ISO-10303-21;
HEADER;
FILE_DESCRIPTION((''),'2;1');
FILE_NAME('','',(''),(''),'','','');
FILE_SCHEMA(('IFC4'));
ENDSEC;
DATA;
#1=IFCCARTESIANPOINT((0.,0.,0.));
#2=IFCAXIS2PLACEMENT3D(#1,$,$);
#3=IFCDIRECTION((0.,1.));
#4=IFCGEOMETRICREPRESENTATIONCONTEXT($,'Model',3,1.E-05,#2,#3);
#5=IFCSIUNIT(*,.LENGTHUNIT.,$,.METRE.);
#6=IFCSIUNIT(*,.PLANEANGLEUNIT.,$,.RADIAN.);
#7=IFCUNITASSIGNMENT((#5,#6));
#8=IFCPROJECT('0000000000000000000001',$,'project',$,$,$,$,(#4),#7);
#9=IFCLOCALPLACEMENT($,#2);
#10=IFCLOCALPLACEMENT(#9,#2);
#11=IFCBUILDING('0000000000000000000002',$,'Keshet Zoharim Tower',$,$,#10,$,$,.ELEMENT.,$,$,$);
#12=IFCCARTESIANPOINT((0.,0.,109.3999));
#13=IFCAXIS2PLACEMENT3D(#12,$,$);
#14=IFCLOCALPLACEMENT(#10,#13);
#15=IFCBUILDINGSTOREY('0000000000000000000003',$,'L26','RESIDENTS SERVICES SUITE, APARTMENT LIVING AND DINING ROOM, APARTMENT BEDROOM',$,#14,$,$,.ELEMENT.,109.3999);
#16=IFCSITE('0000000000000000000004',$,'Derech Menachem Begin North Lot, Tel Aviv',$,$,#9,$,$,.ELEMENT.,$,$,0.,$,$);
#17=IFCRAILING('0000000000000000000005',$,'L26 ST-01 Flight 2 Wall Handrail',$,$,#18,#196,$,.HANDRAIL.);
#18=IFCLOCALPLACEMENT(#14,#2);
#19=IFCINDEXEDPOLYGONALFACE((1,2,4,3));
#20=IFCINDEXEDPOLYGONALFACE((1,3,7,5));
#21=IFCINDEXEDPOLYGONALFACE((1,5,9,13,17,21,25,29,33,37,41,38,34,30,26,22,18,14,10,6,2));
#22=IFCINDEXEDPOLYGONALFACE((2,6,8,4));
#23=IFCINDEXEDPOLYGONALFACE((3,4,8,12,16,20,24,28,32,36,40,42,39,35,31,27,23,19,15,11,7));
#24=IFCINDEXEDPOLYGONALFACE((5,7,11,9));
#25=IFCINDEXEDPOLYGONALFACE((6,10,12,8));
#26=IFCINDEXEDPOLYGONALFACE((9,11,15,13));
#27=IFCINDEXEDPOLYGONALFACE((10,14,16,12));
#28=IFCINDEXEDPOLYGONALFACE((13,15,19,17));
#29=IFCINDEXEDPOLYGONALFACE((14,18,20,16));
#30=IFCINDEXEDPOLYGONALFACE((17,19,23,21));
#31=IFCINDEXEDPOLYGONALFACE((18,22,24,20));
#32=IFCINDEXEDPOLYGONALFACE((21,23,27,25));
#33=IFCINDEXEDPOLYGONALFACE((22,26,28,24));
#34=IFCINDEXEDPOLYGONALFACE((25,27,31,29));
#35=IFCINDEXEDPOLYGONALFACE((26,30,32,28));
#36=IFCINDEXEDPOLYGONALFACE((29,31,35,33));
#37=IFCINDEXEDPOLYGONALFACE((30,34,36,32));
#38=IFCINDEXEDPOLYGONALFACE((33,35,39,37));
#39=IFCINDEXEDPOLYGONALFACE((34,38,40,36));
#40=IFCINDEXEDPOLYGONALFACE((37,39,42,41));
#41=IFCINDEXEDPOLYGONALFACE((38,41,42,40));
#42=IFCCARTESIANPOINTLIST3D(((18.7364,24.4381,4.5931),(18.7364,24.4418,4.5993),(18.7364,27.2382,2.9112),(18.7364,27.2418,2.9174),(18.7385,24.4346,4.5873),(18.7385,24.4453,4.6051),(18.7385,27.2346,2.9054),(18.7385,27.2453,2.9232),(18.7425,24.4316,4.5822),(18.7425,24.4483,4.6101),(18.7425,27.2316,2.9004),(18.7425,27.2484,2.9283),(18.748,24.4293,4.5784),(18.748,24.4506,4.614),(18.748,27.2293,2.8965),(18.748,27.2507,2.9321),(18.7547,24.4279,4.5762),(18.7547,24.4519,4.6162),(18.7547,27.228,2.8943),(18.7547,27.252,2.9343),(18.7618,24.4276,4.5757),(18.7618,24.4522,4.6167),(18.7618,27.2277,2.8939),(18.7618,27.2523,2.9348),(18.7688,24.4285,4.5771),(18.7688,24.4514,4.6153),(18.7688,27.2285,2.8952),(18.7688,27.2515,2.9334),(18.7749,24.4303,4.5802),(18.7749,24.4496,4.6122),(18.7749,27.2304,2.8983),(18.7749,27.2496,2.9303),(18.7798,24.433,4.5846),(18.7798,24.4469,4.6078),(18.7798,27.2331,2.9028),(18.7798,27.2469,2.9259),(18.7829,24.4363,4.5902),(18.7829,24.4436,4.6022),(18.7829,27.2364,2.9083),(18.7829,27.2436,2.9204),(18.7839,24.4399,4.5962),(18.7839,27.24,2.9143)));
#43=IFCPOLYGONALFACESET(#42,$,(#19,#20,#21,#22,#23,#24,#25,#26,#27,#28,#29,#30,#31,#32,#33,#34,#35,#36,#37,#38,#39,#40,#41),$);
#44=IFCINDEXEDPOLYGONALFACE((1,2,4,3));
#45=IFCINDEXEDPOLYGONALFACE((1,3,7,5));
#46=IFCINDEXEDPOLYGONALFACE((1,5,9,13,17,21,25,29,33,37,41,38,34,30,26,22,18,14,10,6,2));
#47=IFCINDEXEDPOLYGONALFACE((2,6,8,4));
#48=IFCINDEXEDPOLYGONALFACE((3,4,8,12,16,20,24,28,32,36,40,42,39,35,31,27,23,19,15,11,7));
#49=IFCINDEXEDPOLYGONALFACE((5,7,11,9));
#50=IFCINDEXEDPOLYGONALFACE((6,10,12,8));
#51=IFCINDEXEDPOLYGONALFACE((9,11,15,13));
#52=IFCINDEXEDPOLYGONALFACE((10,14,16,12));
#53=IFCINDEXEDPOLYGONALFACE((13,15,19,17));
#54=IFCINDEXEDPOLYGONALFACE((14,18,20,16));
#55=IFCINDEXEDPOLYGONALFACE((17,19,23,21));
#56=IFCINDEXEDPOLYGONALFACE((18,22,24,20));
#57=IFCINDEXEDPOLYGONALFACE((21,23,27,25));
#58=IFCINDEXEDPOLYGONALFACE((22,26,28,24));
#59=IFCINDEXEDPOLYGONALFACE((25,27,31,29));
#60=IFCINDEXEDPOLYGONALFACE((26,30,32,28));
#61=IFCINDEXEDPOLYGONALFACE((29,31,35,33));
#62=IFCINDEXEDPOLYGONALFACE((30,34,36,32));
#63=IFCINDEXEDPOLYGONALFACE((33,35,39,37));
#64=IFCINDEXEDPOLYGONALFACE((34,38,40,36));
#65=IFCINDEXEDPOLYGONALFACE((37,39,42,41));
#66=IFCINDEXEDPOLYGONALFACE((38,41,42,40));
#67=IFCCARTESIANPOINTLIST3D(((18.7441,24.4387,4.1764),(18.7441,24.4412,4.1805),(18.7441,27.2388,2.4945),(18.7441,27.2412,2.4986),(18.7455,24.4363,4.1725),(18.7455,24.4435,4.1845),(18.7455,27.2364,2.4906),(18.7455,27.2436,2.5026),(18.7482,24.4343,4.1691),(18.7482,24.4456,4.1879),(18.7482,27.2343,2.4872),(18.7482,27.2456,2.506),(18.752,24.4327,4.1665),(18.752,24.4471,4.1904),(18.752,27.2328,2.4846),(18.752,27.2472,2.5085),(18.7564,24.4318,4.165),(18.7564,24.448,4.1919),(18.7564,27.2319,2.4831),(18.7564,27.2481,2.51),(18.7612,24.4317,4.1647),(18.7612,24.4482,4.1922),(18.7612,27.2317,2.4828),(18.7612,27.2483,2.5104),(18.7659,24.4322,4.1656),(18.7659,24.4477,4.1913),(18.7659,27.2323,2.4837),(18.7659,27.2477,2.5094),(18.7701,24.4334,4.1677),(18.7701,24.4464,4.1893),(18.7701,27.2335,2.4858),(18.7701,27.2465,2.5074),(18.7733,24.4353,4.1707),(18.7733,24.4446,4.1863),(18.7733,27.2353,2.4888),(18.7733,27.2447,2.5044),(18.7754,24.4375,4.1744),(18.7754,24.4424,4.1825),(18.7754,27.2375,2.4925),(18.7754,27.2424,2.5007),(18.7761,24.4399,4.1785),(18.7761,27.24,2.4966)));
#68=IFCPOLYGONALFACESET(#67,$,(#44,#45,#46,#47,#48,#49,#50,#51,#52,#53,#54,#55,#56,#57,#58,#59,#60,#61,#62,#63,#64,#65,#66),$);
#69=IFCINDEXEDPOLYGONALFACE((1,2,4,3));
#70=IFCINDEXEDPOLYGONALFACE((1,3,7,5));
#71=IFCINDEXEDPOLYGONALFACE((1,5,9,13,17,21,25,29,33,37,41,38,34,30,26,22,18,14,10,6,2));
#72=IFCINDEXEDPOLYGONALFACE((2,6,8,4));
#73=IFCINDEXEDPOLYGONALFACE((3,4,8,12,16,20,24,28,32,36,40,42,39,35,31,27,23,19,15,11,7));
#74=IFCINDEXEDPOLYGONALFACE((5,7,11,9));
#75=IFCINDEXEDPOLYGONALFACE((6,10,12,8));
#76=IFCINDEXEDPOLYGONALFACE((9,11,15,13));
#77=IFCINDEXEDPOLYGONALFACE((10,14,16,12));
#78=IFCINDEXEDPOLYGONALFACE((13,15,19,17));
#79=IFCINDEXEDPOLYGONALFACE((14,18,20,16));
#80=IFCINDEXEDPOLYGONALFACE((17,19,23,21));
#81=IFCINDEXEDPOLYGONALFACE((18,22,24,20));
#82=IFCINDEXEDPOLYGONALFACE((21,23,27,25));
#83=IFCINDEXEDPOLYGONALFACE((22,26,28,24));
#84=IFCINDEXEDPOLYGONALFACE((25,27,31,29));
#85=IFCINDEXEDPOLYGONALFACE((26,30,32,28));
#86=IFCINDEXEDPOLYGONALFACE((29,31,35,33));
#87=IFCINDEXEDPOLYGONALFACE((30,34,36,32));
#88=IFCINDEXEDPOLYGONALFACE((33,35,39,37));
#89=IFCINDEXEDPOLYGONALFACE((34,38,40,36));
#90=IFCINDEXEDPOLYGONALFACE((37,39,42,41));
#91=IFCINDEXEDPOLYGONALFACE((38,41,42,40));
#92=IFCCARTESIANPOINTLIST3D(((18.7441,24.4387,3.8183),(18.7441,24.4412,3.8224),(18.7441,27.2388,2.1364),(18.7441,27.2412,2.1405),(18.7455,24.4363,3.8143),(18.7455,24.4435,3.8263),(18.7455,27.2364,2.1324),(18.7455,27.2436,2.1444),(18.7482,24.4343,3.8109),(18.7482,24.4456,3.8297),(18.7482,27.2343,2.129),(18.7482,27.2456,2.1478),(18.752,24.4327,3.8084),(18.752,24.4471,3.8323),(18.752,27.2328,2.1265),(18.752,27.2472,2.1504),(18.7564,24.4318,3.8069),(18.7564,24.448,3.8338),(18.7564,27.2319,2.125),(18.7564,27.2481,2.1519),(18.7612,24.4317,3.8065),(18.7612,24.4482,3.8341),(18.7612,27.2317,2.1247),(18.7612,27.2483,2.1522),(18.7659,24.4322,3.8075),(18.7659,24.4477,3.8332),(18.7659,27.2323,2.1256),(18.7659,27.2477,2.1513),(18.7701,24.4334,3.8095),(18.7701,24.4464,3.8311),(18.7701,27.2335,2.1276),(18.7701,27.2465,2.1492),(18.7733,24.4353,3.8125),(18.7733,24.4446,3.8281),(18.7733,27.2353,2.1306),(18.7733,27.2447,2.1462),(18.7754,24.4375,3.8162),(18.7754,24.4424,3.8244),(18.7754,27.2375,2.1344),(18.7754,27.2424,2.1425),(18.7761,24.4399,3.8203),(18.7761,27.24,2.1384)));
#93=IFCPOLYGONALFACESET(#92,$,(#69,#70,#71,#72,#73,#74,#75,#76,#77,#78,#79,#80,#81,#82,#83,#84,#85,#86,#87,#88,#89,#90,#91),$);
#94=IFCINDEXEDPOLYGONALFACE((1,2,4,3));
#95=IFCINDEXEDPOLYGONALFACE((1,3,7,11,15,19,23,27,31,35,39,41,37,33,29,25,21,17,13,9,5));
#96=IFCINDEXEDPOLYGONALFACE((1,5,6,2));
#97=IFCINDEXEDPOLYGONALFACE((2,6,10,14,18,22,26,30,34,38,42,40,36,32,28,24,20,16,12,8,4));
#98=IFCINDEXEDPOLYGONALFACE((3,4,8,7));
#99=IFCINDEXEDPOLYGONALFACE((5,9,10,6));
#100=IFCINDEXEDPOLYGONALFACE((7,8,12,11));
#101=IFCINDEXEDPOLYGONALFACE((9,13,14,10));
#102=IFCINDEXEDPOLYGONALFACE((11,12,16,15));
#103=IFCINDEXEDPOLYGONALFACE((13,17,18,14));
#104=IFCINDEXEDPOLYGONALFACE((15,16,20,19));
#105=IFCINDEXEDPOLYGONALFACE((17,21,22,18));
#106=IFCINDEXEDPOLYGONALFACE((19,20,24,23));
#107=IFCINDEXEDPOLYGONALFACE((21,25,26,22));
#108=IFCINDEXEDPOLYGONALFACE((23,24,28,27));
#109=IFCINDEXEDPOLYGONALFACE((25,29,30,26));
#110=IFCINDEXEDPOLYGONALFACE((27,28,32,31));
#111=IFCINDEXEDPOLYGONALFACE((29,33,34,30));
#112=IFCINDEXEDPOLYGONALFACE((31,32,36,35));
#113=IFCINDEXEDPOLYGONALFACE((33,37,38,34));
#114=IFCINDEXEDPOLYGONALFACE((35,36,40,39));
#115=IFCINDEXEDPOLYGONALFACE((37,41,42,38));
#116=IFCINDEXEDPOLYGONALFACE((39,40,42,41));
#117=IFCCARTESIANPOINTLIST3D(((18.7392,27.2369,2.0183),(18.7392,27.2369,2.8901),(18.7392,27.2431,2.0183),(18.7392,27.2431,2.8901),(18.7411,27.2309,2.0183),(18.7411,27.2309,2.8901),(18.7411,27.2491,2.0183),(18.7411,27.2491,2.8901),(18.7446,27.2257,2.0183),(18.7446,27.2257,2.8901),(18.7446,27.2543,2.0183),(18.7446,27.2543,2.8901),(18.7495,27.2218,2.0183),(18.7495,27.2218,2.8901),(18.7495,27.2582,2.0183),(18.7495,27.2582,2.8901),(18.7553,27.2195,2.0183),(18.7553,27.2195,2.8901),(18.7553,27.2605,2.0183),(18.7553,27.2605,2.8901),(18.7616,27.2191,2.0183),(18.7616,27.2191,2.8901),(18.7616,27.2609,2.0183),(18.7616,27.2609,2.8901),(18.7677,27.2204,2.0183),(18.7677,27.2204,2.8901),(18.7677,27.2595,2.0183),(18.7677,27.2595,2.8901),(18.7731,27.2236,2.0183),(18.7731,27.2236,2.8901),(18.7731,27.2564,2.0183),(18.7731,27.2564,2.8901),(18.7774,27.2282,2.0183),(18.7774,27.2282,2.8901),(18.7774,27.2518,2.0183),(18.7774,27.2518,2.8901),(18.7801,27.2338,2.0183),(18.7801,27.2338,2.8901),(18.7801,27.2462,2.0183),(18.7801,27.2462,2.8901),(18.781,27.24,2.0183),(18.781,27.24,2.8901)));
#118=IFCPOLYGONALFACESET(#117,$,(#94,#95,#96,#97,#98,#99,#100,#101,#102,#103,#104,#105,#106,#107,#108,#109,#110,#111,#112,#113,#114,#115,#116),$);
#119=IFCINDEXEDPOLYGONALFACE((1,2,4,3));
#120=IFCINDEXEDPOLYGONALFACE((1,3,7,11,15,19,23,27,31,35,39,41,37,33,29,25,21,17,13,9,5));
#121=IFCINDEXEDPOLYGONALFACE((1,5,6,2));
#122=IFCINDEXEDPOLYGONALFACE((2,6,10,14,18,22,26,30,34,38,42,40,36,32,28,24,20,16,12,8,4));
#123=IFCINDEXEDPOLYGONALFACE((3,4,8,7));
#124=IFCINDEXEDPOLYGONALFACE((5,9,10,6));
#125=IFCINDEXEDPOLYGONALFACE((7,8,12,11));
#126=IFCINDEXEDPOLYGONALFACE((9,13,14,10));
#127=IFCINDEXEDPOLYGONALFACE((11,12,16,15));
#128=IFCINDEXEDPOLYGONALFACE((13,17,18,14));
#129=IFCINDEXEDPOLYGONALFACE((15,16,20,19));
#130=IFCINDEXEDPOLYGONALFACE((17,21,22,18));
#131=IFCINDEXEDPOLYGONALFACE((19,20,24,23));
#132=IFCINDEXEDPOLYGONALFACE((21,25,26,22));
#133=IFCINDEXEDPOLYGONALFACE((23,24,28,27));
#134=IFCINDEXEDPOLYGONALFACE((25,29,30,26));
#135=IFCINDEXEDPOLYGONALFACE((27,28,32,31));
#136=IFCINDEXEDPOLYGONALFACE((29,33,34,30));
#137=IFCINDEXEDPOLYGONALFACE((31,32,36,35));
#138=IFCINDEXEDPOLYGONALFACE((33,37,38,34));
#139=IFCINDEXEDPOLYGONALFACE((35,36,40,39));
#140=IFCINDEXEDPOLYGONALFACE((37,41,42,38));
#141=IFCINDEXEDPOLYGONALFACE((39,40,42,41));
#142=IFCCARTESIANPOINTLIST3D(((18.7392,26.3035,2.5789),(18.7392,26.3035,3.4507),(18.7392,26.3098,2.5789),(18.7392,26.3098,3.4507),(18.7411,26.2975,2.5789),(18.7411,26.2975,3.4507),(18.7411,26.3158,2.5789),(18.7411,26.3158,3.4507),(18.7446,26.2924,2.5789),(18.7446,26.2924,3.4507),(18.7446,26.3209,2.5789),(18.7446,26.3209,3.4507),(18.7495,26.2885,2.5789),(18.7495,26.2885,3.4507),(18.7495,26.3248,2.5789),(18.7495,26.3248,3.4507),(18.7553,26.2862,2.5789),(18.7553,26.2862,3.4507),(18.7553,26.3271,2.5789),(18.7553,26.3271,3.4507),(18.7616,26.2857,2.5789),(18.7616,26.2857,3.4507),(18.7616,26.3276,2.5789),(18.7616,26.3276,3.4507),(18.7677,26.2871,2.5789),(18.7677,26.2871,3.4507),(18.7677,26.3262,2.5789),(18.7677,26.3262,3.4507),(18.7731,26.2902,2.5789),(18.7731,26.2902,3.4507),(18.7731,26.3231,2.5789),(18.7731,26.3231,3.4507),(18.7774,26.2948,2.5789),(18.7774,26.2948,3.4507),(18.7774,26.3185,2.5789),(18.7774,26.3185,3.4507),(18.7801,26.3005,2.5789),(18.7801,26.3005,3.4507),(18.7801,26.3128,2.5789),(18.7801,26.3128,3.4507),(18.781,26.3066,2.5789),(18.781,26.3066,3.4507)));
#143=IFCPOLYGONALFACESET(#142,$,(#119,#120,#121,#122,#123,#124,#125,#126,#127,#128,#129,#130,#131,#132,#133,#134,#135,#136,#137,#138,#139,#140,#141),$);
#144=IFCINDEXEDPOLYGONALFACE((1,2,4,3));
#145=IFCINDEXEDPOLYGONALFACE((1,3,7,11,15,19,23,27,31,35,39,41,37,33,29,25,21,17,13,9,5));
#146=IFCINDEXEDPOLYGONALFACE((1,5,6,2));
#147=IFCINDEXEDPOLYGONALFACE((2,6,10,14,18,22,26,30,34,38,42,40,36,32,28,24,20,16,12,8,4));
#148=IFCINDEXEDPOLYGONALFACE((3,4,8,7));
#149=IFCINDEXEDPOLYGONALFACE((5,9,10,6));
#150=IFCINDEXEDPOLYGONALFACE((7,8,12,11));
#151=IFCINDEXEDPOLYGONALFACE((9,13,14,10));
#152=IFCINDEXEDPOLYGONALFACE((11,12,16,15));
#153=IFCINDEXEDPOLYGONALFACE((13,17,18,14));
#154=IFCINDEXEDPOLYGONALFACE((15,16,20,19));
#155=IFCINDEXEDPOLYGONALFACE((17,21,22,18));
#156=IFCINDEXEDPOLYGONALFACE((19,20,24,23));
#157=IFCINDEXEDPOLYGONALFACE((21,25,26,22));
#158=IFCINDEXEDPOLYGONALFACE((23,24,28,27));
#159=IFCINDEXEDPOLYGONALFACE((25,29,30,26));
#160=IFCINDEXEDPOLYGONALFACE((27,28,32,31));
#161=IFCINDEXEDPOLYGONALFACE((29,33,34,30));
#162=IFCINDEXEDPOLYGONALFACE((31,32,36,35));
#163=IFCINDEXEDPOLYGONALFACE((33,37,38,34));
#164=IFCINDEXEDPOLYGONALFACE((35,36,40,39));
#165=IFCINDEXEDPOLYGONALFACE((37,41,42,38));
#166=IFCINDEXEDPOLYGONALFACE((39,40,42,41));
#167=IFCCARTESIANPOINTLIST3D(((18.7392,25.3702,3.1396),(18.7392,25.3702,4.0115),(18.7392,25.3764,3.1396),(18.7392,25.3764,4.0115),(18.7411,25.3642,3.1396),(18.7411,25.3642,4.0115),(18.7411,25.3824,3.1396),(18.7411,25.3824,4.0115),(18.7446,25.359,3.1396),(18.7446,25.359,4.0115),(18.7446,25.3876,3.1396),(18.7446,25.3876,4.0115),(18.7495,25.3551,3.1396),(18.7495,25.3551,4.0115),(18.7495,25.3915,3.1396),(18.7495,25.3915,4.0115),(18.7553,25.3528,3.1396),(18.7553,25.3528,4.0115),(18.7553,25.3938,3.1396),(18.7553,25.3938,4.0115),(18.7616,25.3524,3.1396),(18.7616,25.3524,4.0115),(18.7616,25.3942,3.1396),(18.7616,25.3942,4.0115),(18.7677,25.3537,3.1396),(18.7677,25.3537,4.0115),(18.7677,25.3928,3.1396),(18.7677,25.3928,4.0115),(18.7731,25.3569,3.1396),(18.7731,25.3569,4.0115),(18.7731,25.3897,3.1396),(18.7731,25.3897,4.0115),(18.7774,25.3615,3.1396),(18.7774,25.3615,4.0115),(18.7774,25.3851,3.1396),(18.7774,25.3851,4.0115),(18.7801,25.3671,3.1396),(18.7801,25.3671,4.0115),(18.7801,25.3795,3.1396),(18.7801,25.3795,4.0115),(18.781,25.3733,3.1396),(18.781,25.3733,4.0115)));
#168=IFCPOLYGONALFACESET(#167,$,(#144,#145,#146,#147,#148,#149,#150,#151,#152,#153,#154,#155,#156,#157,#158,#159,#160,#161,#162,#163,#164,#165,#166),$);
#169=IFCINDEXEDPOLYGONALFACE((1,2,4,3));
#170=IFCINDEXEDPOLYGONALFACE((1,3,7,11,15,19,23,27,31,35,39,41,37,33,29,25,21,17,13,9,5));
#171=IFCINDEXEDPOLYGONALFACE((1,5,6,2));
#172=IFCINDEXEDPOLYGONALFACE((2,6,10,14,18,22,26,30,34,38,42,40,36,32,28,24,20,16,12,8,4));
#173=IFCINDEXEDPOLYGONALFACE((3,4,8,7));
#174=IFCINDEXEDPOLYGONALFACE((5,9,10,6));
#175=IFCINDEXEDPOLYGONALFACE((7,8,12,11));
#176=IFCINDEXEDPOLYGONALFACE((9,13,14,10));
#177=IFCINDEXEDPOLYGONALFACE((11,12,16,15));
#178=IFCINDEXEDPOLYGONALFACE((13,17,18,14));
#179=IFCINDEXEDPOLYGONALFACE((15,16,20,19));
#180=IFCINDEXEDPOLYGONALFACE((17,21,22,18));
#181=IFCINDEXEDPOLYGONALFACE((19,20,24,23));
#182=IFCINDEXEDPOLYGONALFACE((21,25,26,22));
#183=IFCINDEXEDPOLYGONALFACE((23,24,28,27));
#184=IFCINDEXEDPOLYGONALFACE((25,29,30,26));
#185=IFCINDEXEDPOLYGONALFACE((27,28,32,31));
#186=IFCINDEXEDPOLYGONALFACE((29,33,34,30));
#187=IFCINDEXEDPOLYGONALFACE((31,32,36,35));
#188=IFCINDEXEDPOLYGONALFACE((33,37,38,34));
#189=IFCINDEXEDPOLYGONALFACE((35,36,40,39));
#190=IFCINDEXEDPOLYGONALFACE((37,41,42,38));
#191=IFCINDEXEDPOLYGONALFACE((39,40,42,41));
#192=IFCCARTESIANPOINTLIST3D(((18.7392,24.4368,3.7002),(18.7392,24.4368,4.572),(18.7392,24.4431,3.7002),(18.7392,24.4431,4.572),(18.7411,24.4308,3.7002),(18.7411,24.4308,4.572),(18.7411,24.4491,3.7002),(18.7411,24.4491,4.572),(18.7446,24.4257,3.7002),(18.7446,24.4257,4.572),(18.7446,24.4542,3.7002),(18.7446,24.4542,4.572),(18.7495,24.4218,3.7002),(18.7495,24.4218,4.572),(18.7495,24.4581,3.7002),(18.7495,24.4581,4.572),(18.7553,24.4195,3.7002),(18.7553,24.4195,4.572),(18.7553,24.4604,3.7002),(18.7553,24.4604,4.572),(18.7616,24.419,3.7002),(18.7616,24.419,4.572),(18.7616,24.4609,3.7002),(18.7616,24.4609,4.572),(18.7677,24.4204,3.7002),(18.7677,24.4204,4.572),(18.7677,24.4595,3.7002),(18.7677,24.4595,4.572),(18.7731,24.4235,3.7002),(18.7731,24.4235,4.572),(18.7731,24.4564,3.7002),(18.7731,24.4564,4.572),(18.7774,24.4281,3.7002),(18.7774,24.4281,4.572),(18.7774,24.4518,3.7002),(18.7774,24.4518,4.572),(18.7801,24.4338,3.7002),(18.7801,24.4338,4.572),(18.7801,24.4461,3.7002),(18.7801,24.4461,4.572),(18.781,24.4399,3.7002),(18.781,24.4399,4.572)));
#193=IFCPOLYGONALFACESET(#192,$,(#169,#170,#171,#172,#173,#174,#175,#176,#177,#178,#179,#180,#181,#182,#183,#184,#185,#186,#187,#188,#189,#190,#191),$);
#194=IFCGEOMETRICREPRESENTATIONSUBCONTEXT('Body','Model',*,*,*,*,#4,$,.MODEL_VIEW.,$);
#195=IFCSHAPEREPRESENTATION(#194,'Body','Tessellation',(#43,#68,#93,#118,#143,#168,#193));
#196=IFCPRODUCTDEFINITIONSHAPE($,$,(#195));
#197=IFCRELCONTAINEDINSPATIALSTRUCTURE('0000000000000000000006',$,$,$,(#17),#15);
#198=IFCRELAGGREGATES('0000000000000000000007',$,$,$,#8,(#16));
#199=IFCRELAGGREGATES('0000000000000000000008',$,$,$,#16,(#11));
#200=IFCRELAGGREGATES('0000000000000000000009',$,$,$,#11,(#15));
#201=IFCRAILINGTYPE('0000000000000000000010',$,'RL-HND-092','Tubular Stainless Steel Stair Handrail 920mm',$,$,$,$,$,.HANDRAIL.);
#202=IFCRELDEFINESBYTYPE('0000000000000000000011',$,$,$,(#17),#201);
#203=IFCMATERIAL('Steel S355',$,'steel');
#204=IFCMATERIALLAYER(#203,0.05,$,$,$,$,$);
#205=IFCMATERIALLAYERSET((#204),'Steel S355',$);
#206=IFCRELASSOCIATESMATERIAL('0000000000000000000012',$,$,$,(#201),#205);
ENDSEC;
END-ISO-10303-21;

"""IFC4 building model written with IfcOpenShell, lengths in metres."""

from ifc_helpers import new_model, si_unit, direction, frame, origin, origin_2d, place, context, subcontext, project, spatial, circle, extrude, material, layer, layer_set, type_object, element, save


model = new_model("IFC4")

# Units and contexts
model_context = context("Model", 3, precision=1e-05, world=origin(), true_north=direction((0.0, 1.0)))
body_context = subcontext(model_context, "Body", "Model", "MODEL_VIEW")
ifc_project = project(units=[si_unit("LENGTHUNIT", "METRE"), si_unit("PLANEANGLEUNIT", "RADIAN")], contexts=[model_context])

# Site, building, storey
site_placement = place(None, origin())
site = spatial("IfcSite", under=ifc_project, at=site_placement, Name="Derech Menachem Begin North Lot, Tel Aviv", CompositionType="ELEMENT", RefElevation=0.0)
building_placement = place(site_placement, origin())
building = spatial("IfcBuilding", under=site, at=building_placement, Name="Keshet Zoharim Tower", CompositionType="ELEMENT")
storey_placement = place(building_placement, frame((0.0, 0.0, 109.3999)))
storey = spatial("IfcBuildingStorey", under=building, at=storey_placement, Name="L26", Description="RESIDENTS SERVICES SUITE, APARTMENT LIVING AND DINING ROOM, APARTMENT BEDROOM", CompositionType="ELEMENT", Elevation=109.3999)

# Shared definitions
ifc_material_1 = material(Name="Steel S355", Category="steel")

# Railing
ifc_layer_1 = layer(ifc_material_1, 0.05)
ifc_layer_set_1 = layer_set([ifc_layer_1], Name="Steel S355")
railing_type_1 = type_object("IfcRailingType", Name="RL-HND-092", Description="Tubular Stainless Steel Stair Handrail 920mm", PredefinedType="HANDRAIL", material=ifc_layer_set_1)
for number, where, name in (
    (1, (18.76, 27.24, 2.0183), "L26 ST-01 Flight 2 Wall Handrail"),
):
    element("IfcRailing", number, at=place(storey_placement, frame(where)), inside=storey, type_object=railing_type_1, Name=name, PredefinedType="HANDRAIL", context=body_context, shape_type="SweptSolid", body=[
        extrude(circle(Radius=0.0239, at=origin_2d()), frame((0.0, 0.0, 0.896), z_axis=(0.0, -0.857242, 0.514913), x_axis=(1.0, 0.0, 0.0)), (0.0, 0.0, 1.0), 3.2664),
        extrude(circle(Radius=0.0161, at=origin_2d()), frame((0.0, 0.0, 0.4783), z_axis=(0.0, -0.857242, 0.514913), x_axis=(1.0, 0.0, 0.0)), (0.0, 0.0, 1.0), 3.2664),
        extrude(circle(Radius=0.0161, at=origin_2d()), frame((0.0, 0.0, 0.1201), z_axis=(0.0, -0.857242, 0.514913), x_axis=(1.0, 0.0, 0.0)), (0.0, 0.0, 1.0), 3.2664),
        extrude(circle(Radius=0.021, at=origin_2d()), origin(), (0.0, 0.0, 1.0), 0.8718),
        extrude(circle(Radius=0.021, at=origin_2d()), frame((0.0, -0.9333, 0.5605)), (0.0, 0.0, 1.0), 0.8718),
        extrude(circle(Radius=0.021, at=origin_2d()), frame((0.0, -1.8667, 1.1213)), (0.0, 0.0, 1.0), 0.8718),
        extrude(circle(Radius=0.021, at=origin_2d()), frame((0.0, -2.8, 1.6819)), (0.0, 0.0, 1.0), 0.8718),
    ])

save(model, "model.ifc")
